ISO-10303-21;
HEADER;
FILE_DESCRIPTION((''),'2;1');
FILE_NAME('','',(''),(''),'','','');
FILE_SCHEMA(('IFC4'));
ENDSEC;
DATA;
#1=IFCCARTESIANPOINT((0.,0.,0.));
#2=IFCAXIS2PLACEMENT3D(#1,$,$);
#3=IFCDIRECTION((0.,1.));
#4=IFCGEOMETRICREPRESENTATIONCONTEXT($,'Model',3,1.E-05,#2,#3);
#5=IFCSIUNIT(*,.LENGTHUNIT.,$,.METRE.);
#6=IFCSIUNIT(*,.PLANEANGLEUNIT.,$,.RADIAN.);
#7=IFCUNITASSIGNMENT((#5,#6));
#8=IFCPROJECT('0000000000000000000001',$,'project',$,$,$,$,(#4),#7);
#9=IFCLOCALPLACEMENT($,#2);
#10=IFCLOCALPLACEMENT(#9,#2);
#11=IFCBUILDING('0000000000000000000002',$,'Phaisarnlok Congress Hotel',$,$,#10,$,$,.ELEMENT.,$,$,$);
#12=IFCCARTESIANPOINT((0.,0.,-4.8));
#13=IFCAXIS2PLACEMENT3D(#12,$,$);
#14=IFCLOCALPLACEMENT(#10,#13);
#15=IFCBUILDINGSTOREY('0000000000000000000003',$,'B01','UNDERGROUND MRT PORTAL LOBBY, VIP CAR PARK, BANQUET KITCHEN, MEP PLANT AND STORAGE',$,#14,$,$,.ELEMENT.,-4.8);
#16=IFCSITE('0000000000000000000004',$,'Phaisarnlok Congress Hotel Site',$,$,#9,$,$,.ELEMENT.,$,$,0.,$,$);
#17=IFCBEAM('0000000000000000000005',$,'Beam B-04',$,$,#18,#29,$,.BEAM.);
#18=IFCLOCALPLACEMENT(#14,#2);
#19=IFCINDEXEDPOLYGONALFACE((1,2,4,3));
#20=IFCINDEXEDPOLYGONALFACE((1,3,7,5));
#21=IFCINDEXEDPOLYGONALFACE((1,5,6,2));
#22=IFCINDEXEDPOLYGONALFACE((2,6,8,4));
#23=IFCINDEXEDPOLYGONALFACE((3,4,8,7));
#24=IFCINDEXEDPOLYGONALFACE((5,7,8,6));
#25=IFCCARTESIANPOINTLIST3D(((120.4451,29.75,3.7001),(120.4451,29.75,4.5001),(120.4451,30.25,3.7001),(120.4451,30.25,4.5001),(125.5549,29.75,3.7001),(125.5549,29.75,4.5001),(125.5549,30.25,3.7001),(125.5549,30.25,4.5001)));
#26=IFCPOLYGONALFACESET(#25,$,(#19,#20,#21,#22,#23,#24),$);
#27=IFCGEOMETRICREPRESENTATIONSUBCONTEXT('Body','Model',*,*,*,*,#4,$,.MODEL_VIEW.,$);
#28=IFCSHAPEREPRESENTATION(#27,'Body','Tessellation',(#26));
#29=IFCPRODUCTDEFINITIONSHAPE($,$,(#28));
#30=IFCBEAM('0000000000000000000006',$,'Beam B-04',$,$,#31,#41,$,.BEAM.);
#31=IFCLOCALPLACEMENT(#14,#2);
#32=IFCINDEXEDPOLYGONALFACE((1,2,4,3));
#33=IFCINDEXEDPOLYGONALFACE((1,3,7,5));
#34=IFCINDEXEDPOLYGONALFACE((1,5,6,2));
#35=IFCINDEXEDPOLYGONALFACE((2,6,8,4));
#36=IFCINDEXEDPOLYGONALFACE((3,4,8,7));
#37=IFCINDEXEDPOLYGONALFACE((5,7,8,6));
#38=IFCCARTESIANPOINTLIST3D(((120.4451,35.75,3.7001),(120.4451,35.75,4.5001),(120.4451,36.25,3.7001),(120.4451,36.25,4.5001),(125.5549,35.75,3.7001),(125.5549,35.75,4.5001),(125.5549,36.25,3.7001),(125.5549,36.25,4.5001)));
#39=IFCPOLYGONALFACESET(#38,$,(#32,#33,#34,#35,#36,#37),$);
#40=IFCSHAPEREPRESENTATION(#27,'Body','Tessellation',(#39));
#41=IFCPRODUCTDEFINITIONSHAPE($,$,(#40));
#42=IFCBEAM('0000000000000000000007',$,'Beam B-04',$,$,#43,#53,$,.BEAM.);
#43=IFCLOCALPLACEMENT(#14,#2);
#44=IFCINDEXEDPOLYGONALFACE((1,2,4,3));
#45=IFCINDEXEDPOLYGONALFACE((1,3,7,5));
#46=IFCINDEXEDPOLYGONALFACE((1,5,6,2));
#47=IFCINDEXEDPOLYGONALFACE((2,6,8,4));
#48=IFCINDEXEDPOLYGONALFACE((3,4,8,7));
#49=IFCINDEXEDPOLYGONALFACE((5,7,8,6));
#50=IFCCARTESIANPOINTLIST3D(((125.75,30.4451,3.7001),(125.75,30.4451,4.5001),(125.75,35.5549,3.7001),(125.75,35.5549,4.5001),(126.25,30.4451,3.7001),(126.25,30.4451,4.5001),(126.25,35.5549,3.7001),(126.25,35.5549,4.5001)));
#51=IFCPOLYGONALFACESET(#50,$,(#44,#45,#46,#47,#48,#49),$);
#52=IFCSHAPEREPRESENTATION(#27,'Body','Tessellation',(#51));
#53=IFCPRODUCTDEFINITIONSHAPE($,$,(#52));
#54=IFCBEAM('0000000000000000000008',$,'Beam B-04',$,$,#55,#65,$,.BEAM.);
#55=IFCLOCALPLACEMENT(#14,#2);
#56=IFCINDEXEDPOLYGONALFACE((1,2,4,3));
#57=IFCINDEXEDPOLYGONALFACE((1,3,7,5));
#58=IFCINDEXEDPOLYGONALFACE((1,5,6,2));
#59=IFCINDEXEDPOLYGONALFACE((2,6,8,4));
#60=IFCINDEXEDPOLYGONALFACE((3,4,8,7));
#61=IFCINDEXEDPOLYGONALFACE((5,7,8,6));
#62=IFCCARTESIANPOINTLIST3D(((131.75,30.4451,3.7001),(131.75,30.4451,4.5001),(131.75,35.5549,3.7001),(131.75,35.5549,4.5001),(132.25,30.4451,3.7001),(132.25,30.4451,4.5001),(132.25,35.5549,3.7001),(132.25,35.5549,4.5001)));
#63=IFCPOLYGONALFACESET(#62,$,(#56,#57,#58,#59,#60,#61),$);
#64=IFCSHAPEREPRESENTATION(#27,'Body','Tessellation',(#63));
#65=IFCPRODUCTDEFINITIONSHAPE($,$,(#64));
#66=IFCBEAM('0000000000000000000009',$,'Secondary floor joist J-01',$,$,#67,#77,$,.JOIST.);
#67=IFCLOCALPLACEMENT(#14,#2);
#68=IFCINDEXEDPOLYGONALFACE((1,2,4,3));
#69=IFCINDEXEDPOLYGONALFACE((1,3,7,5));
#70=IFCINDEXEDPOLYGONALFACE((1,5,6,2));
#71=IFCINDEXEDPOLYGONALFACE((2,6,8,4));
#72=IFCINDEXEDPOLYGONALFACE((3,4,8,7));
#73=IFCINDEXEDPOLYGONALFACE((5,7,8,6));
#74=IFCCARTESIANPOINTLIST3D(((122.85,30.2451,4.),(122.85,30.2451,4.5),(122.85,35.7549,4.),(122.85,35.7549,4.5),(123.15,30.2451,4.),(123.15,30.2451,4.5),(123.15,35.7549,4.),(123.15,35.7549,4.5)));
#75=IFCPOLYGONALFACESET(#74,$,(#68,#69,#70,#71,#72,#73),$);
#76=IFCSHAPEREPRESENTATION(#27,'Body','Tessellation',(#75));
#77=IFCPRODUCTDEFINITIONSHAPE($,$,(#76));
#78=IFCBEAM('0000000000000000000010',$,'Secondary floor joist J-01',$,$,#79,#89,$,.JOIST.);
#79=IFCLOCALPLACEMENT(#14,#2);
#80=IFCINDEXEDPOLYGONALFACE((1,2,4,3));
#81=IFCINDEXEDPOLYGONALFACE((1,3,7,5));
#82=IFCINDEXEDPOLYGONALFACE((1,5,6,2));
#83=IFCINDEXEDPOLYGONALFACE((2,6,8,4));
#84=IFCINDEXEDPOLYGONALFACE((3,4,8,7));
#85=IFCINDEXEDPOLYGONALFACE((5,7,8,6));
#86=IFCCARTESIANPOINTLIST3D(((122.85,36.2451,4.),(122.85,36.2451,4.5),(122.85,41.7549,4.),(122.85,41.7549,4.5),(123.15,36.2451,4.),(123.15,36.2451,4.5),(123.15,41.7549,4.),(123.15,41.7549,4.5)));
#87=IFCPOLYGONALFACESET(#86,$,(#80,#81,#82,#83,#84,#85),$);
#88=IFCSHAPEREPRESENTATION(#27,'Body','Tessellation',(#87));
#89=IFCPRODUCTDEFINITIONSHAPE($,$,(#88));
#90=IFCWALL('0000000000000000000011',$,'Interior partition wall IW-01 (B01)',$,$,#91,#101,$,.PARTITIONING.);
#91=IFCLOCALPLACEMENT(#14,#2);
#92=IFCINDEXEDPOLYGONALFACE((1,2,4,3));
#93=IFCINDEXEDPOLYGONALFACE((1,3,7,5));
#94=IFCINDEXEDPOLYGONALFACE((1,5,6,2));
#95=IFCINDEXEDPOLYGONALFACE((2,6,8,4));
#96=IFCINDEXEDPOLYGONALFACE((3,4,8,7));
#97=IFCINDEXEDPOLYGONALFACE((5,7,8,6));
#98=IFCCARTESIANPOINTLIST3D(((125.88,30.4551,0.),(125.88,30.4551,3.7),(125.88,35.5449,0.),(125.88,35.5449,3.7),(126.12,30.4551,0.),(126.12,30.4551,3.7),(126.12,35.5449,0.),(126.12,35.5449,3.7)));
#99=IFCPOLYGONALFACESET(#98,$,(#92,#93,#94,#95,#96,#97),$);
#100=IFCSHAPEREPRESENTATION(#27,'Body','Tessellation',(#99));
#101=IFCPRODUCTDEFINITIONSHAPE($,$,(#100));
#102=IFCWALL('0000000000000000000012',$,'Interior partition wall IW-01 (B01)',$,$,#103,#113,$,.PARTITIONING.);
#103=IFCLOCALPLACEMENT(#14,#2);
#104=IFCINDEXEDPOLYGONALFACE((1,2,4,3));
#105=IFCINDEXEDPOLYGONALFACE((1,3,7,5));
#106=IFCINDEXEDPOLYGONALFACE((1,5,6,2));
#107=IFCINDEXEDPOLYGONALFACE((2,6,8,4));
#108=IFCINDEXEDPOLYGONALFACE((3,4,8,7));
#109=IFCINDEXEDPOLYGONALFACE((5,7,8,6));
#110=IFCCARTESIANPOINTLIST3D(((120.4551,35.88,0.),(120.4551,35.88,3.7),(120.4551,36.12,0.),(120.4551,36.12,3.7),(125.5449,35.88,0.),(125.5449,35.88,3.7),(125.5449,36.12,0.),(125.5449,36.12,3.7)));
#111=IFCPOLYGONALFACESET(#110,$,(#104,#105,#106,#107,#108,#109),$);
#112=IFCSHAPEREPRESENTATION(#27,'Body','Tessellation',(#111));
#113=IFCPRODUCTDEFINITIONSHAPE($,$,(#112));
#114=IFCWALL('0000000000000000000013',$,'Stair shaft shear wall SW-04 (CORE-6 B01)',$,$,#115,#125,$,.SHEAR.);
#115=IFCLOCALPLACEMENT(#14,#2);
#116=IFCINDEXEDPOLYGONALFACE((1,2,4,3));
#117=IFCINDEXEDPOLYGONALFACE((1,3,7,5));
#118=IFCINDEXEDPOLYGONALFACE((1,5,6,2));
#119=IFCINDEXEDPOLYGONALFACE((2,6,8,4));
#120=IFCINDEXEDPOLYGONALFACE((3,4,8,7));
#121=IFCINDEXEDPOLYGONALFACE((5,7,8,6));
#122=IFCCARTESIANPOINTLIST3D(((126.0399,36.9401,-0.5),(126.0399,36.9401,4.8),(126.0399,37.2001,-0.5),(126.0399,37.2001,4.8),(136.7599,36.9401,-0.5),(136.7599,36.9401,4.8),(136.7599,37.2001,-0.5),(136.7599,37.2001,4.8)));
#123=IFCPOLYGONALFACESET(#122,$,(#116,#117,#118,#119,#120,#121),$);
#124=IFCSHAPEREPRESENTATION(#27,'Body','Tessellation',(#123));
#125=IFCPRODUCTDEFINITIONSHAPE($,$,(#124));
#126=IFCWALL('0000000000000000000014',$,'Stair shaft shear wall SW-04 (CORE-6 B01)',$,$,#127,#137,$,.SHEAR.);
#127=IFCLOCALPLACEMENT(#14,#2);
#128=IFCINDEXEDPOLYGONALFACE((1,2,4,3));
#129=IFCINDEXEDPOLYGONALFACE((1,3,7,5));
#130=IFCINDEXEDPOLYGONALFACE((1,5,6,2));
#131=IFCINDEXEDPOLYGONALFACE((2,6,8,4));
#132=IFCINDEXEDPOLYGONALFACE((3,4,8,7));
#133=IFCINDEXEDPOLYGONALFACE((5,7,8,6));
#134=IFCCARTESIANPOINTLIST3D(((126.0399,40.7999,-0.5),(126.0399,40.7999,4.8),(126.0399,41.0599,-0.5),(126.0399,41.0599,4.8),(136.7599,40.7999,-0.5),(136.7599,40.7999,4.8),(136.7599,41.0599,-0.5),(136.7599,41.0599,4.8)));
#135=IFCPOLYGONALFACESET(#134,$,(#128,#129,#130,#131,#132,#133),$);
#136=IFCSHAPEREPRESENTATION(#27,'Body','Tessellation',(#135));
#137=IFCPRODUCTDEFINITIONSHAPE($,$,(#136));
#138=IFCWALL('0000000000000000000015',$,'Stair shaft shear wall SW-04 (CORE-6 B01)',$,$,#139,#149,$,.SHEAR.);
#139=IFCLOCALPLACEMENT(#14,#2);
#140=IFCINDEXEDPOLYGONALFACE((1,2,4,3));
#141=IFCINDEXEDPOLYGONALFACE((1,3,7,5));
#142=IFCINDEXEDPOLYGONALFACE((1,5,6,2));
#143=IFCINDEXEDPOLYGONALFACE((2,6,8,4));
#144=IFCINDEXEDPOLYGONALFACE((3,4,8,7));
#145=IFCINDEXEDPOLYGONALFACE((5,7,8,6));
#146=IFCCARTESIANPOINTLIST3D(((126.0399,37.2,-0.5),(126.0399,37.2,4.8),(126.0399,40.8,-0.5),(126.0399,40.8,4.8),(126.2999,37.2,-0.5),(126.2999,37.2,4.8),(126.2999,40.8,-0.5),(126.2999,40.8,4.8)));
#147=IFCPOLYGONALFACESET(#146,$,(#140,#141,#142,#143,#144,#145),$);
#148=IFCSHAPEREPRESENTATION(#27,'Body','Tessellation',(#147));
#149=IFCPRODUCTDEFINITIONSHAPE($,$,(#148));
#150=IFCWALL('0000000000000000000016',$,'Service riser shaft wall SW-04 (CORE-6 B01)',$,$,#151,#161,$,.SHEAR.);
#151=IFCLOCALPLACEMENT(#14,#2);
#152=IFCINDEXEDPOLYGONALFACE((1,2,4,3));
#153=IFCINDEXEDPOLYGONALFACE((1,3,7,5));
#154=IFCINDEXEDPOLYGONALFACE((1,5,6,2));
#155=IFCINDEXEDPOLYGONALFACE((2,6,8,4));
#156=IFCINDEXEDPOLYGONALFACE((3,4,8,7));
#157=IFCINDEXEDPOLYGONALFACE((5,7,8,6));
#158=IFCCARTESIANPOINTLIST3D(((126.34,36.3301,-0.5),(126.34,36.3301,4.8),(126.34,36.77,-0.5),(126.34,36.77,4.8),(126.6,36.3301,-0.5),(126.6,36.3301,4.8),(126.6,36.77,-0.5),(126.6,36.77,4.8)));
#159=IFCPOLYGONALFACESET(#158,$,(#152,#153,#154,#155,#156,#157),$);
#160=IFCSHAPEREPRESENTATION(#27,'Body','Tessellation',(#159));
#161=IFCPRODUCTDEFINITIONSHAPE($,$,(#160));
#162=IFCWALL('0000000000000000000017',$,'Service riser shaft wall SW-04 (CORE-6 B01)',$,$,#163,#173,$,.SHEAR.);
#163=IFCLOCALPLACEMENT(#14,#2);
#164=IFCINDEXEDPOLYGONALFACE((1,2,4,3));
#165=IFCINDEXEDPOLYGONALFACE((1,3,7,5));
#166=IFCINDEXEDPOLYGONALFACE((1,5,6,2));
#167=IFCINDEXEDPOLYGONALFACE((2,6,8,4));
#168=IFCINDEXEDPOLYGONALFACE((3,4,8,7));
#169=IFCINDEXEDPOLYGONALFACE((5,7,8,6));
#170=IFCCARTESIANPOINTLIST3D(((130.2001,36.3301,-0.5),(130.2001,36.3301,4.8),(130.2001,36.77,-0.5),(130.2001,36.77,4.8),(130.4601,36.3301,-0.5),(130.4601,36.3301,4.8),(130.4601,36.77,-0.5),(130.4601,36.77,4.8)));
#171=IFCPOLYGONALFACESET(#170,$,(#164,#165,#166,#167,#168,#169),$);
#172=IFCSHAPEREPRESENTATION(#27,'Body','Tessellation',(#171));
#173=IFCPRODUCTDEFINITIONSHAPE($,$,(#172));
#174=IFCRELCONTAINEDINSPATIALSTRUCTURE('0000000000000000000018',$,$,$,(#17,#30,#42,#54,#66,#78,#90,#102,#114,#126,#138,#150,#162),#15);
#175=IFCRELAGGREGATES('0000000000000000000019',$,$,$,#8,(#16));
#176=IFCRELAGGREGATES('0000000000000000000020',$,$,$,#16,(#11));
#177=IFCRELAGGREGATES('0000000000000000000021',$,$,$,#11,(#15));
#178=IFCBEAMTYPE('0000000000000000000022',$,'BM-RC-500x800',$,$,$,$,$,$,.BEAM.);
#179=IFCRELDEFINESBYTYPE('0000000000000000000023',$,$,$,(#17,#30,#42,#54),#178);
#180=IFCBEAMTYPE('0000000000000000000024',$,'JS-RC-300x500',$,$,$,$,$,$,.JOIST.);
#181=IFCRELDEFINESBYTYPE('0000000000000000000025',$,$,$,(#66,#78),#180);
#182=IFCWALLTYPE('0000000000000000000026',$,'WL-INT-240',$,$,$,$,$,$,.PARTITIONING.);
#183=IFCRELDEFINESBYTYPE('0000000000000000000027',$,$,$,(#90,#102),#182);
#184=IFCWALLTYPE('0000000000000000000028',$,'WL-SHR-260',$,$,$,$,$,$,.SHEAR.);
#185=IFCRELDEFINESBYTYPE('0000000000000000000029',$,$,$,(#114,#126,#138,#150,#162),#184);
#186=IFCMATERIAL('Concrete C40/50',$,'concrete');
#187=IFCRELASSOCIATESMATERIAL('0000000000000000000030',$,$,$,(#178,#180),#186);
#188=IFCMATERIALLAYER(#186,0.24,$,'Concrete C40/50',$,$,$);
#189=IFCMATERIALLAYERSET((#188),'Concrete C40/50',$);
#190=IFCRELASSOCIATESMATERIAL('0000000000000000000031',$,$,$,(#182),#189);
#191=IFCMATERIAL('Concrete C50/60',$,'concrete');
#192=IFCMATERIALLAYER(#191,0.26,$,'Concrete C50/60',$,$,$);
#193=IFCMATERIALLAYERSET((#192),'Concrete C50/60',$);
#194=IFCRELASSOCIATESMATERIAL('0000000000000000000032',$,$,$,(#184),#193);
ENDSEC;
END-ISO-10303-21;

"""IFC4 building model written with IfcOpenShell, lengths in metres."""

from ifc_helpers import new_model, si_unit, direction, frame, frame_2d, origin, origin_2d, place, context, subcontext, project, spatial, rectangle, extrude, material, layer, layer_set, material_profile, profile_set, type_object, element, save


model = new_model("IFC4")

# Units and contexts
model_context = context("Model", 3, precision=1e-05, world=origin(), true_north=direction((0.0, 1.0)))
body_context = subcontext(model_context, "Body", "Model", "MODEL_VIEW")
ifc_project = project(units=[si_unit("LENGTHUNIT", "METRE"), si_unit("PLANEANGLEUNIT", "RADIAN")], contexts=[model_context])

# Site, building, storey
site_placement = place(None, origin())
site = spatial("IfcSite", under=ifc_project, at=site_placement, Name="Phaisarnlok Congress Hotel Site", CompositionType="ELEMENT", RefElevation=0.0)
building_placement = place(site_placement, origin())
building = spatial("IfcBuilding", under=site, at=building_placement, Name="Phaisarnlok Congress Hotel", CompositionType="ELEMENT")
storey_placement = place(building_placement, frame((0.0, 0.0, -4.8)))
storey = spatial("IfcBuildingStorey", under=building, at=storey_placement, Name="B01", Description="UNDERGROUND MRT PORTAL LOBBY, VIP CAR PARK, BANQUET KITCHEN, MEP PLANT AND STORAGE", CompositionType="ELEMENT", Elevation=-4.8)

# Shared definitions
ifc_material_1 = material(Name="Concrete C40/50", Category="concrete")

# Shared definitions
ifc_material_2 = material(Name="Concrete C50/60", Category="concrete")

# Beams
ifc_material_profile_1 = material_profile(ifc_material_1, rectangle(XDim=0.5, YDim=0.8, at=origin_2d()), Name="RC 500x800")
ifc_profile_set_1 = profile_set([ifc_material_profile_1], Name="Concrete C40/50")
beam_type_1 = type_object("IfcBeamType", Name="BM-RC-500x800", PredefinedType="BEAM", material=ifc_profile_set_1)
for number, where, z_axis, x_axis, name in (
    (1, (120.4451, 30.0, 4.1001), (1.0, 0.0, 0.0), (0.0, 1.0, 0.0), "Beam B-04"),
    (2, (120.4451, 36.0, 4.1001), (1.0, 0.0, 0.0), (0.0, 1.0, 0.0), "Beam B-04"),
    (3, (126.0, 30.4451, 4.1001), (0.0, 1.0, 0.0), (-1.0, 0.0, 0.0), "Beam B-04"),
    (4, (132.0, 30.4451, 4.1001), (0.0, 1.0, 0.0), (-1.0, 0.0, 0.0), "Beam B-04"),
):
    element("IfcBeam", number, at=place(storey_placement, frame(where, z_axis=z_axis, x_axis=x_axis)), inside=storey, type_object=beam_type_1, Name=name, PredefinedType="BEAM", context=body_context, shape_type="SweptSolid", body=[
        extrude(rectangle(XDim=0.5, YDim=0.8, at=origin_2d()), origin(), (0.0, 0.0, 1.0), 5.1099),
    ])
ifc_material_profile_2 = material_profile(ifc_material_1, rectangle(XDim=0.3, YDim=0.5, at=origin_2d()), Name="RC 300x500")
ifc_profile_set_2 = profile_set([ifc_material_profile_2], Name="Concrete C40/50")
beam_type_2 = type_object("IfcBeamType", Name="JS-RC-300x500", PredefinedType="JOIST", material=ifc_profile_set_2)
for number, where, z_axis, x_axis, name in (
    (5, (123.0, 30.2451, 4.25), (0.0, 1.0, 0.0), (-1.0, 0.0, 0.0), "Secondary floor joist J-01"),
    (6, (123.0, 36.2451, 4.25), (0.0, 1.0, 0.0), (-1.0, 0.0, 0.0), "Secondary floor joist J-01"),
):
    element("IfcBeam", number, at=place(storey_placement, frame(where, z_axis=z_axis, x_axis=x_axis)), inside=storey, type_object=beam_type_2, Name=name, PredefinedType="JOIST", context=body_context, shape_type="SweptSolid", body=[
        extrude(rectangle(XDim=0.3, YDim=0.5, at=origin_2d()), origin(), (0.0, 0.0, 1.0), 5.5098),
    ])

# Walls
ifc_layer_1 = layer(ifc_material_1, 0.24, Name="Concrete C40/50")
ifc_layer_set_1 = layer_set([ifc_layer_1], Name="Concrete C40/50")
wall_type_1 = type_object("IfcWallType", Name="WL-INT-240", PredefinedType="PARTITIONING", material=ifc_layer_set_1)
for number, where, z_axis, x_axis, name in (
    (7, (126.0, 30.4551, 0.0), (0.0, 0.0, 1.0), (0.0, 1.0, 0.0), "Interior partition wall IW-01 (B01)"),
    (8, (120.4551, 36.0, 0.0), (0.0, 0.0, 1.0), (1.0, 0.0, 0.0), "Interior partition wall IW-01 (B01)"),
):
    element("IfcWall", number, at=place(storey_placement, frame(where, z_axis=z_axis, x_axis=x_axis)), inside=storey, type_object=wall_type_1, Name=name, PredefinedType="PARTITIONING", context=body_context, shape_type="SweptSolid", body=[
        extrude(rectangle(XDim=5.0898, YDim=0.24, at=frame_2d((2.5449, 0.0))), origin(), (0.0, 0.0, 1.0), 3.7),
    ])
ifc_layer_2 = layer(ifc_material_2, 0.26, Name="Concrete C50/60")
ifc_layer_set_2 = layer_set([ifc_layer_2], Name="Concrete C50/60")
wall_type_2 = type_object("IfcWallType", Name="WL-SHR-260", PredefinedType="SHEAR", material=ifc_layer_set_2)
for number, where, z_axis, x_axis, name in (
    (9, (126.04, 37.0701, -0.5), (0.0, 0.0, 1.0), (1.0, 0.0, 0.0), "Stair shaft shear wall SW-04 (CORE-6 B01)"),
    (10, (126.04, 40.9299, -0.5), (0.0, 0.0, 1.0), (1.0, 0.0, 0.0), "Stair shaft shear wall SW-04 (CORE-6 B01)"),
):
    element("IfcWall", number, at=place(storey_placement, frame(where, z_axis=z_axis, x_axis=x_axis)), inside=storey, type_object=wall_type_2, Name=name, PredefinedType="SHEAR", context=body_context, shape_type="SweptSolid", body=[
        extrude(rectangle(XDim=10.72, YDim=0.26, at=frame_2d((5.3599, 0.0))), origin(), (0.0, 0.0, 1.0), 5.3),
    ])
wall_placement = place(storey_placement, frame((126.1699, 37.2, -0.5), z_axis=(0.0, 0.0, 1.0), x_axis=(0.0, 1.0, 0.0)))
element("IfcWall", 11, at=wall_placement, inside=storey, type_object=wall_type_2, Name="Stair shaft shear wall SW-04 (CORE-6 B01)", PredefinedType="SHEAR", context=body_context, shape_type="SweptSolid", body=[
    extrude(rectangle(XDim=3.6001, YDim=0.26, at=frame_2d((1.8, 0.0))), origin(), (0.0, 0.0, 1.0), 5.3),
])
for number, where, z_axis, x_axis, name in (
    (12, (126.47, 36.3301, -0.5), (0.0, 0.0, 1.0), (0.0, 1.0, 0.0), "Service riser shaft wall SW-04 (CORE-6 B01)"),
    (13, (130.3301, 36.3301, -0.5), (0.0, 0.0, 1.0), (0.0, 1.0, 0.0), "Service riser shaft wall SW-04 (CORE-6 B01)"),
):
    element("IfcWall", number, at=place(storey_placement, frame(where, z_axis=z_axis, x_axis=x_axis)), inside=storey, type_object=wall_type_2, Name=name, PredefinedType="SHEAR", context=body_context, shape_type="SweptSolid", body=[
        extrude(rectangle(XDim=0.4399, YDim=0.26, at=frame_2d((0.22, 0.0))), origin(), (0.0, 0.0, 1.0), 5.3),
    ])

save(model, "model.ifc")
